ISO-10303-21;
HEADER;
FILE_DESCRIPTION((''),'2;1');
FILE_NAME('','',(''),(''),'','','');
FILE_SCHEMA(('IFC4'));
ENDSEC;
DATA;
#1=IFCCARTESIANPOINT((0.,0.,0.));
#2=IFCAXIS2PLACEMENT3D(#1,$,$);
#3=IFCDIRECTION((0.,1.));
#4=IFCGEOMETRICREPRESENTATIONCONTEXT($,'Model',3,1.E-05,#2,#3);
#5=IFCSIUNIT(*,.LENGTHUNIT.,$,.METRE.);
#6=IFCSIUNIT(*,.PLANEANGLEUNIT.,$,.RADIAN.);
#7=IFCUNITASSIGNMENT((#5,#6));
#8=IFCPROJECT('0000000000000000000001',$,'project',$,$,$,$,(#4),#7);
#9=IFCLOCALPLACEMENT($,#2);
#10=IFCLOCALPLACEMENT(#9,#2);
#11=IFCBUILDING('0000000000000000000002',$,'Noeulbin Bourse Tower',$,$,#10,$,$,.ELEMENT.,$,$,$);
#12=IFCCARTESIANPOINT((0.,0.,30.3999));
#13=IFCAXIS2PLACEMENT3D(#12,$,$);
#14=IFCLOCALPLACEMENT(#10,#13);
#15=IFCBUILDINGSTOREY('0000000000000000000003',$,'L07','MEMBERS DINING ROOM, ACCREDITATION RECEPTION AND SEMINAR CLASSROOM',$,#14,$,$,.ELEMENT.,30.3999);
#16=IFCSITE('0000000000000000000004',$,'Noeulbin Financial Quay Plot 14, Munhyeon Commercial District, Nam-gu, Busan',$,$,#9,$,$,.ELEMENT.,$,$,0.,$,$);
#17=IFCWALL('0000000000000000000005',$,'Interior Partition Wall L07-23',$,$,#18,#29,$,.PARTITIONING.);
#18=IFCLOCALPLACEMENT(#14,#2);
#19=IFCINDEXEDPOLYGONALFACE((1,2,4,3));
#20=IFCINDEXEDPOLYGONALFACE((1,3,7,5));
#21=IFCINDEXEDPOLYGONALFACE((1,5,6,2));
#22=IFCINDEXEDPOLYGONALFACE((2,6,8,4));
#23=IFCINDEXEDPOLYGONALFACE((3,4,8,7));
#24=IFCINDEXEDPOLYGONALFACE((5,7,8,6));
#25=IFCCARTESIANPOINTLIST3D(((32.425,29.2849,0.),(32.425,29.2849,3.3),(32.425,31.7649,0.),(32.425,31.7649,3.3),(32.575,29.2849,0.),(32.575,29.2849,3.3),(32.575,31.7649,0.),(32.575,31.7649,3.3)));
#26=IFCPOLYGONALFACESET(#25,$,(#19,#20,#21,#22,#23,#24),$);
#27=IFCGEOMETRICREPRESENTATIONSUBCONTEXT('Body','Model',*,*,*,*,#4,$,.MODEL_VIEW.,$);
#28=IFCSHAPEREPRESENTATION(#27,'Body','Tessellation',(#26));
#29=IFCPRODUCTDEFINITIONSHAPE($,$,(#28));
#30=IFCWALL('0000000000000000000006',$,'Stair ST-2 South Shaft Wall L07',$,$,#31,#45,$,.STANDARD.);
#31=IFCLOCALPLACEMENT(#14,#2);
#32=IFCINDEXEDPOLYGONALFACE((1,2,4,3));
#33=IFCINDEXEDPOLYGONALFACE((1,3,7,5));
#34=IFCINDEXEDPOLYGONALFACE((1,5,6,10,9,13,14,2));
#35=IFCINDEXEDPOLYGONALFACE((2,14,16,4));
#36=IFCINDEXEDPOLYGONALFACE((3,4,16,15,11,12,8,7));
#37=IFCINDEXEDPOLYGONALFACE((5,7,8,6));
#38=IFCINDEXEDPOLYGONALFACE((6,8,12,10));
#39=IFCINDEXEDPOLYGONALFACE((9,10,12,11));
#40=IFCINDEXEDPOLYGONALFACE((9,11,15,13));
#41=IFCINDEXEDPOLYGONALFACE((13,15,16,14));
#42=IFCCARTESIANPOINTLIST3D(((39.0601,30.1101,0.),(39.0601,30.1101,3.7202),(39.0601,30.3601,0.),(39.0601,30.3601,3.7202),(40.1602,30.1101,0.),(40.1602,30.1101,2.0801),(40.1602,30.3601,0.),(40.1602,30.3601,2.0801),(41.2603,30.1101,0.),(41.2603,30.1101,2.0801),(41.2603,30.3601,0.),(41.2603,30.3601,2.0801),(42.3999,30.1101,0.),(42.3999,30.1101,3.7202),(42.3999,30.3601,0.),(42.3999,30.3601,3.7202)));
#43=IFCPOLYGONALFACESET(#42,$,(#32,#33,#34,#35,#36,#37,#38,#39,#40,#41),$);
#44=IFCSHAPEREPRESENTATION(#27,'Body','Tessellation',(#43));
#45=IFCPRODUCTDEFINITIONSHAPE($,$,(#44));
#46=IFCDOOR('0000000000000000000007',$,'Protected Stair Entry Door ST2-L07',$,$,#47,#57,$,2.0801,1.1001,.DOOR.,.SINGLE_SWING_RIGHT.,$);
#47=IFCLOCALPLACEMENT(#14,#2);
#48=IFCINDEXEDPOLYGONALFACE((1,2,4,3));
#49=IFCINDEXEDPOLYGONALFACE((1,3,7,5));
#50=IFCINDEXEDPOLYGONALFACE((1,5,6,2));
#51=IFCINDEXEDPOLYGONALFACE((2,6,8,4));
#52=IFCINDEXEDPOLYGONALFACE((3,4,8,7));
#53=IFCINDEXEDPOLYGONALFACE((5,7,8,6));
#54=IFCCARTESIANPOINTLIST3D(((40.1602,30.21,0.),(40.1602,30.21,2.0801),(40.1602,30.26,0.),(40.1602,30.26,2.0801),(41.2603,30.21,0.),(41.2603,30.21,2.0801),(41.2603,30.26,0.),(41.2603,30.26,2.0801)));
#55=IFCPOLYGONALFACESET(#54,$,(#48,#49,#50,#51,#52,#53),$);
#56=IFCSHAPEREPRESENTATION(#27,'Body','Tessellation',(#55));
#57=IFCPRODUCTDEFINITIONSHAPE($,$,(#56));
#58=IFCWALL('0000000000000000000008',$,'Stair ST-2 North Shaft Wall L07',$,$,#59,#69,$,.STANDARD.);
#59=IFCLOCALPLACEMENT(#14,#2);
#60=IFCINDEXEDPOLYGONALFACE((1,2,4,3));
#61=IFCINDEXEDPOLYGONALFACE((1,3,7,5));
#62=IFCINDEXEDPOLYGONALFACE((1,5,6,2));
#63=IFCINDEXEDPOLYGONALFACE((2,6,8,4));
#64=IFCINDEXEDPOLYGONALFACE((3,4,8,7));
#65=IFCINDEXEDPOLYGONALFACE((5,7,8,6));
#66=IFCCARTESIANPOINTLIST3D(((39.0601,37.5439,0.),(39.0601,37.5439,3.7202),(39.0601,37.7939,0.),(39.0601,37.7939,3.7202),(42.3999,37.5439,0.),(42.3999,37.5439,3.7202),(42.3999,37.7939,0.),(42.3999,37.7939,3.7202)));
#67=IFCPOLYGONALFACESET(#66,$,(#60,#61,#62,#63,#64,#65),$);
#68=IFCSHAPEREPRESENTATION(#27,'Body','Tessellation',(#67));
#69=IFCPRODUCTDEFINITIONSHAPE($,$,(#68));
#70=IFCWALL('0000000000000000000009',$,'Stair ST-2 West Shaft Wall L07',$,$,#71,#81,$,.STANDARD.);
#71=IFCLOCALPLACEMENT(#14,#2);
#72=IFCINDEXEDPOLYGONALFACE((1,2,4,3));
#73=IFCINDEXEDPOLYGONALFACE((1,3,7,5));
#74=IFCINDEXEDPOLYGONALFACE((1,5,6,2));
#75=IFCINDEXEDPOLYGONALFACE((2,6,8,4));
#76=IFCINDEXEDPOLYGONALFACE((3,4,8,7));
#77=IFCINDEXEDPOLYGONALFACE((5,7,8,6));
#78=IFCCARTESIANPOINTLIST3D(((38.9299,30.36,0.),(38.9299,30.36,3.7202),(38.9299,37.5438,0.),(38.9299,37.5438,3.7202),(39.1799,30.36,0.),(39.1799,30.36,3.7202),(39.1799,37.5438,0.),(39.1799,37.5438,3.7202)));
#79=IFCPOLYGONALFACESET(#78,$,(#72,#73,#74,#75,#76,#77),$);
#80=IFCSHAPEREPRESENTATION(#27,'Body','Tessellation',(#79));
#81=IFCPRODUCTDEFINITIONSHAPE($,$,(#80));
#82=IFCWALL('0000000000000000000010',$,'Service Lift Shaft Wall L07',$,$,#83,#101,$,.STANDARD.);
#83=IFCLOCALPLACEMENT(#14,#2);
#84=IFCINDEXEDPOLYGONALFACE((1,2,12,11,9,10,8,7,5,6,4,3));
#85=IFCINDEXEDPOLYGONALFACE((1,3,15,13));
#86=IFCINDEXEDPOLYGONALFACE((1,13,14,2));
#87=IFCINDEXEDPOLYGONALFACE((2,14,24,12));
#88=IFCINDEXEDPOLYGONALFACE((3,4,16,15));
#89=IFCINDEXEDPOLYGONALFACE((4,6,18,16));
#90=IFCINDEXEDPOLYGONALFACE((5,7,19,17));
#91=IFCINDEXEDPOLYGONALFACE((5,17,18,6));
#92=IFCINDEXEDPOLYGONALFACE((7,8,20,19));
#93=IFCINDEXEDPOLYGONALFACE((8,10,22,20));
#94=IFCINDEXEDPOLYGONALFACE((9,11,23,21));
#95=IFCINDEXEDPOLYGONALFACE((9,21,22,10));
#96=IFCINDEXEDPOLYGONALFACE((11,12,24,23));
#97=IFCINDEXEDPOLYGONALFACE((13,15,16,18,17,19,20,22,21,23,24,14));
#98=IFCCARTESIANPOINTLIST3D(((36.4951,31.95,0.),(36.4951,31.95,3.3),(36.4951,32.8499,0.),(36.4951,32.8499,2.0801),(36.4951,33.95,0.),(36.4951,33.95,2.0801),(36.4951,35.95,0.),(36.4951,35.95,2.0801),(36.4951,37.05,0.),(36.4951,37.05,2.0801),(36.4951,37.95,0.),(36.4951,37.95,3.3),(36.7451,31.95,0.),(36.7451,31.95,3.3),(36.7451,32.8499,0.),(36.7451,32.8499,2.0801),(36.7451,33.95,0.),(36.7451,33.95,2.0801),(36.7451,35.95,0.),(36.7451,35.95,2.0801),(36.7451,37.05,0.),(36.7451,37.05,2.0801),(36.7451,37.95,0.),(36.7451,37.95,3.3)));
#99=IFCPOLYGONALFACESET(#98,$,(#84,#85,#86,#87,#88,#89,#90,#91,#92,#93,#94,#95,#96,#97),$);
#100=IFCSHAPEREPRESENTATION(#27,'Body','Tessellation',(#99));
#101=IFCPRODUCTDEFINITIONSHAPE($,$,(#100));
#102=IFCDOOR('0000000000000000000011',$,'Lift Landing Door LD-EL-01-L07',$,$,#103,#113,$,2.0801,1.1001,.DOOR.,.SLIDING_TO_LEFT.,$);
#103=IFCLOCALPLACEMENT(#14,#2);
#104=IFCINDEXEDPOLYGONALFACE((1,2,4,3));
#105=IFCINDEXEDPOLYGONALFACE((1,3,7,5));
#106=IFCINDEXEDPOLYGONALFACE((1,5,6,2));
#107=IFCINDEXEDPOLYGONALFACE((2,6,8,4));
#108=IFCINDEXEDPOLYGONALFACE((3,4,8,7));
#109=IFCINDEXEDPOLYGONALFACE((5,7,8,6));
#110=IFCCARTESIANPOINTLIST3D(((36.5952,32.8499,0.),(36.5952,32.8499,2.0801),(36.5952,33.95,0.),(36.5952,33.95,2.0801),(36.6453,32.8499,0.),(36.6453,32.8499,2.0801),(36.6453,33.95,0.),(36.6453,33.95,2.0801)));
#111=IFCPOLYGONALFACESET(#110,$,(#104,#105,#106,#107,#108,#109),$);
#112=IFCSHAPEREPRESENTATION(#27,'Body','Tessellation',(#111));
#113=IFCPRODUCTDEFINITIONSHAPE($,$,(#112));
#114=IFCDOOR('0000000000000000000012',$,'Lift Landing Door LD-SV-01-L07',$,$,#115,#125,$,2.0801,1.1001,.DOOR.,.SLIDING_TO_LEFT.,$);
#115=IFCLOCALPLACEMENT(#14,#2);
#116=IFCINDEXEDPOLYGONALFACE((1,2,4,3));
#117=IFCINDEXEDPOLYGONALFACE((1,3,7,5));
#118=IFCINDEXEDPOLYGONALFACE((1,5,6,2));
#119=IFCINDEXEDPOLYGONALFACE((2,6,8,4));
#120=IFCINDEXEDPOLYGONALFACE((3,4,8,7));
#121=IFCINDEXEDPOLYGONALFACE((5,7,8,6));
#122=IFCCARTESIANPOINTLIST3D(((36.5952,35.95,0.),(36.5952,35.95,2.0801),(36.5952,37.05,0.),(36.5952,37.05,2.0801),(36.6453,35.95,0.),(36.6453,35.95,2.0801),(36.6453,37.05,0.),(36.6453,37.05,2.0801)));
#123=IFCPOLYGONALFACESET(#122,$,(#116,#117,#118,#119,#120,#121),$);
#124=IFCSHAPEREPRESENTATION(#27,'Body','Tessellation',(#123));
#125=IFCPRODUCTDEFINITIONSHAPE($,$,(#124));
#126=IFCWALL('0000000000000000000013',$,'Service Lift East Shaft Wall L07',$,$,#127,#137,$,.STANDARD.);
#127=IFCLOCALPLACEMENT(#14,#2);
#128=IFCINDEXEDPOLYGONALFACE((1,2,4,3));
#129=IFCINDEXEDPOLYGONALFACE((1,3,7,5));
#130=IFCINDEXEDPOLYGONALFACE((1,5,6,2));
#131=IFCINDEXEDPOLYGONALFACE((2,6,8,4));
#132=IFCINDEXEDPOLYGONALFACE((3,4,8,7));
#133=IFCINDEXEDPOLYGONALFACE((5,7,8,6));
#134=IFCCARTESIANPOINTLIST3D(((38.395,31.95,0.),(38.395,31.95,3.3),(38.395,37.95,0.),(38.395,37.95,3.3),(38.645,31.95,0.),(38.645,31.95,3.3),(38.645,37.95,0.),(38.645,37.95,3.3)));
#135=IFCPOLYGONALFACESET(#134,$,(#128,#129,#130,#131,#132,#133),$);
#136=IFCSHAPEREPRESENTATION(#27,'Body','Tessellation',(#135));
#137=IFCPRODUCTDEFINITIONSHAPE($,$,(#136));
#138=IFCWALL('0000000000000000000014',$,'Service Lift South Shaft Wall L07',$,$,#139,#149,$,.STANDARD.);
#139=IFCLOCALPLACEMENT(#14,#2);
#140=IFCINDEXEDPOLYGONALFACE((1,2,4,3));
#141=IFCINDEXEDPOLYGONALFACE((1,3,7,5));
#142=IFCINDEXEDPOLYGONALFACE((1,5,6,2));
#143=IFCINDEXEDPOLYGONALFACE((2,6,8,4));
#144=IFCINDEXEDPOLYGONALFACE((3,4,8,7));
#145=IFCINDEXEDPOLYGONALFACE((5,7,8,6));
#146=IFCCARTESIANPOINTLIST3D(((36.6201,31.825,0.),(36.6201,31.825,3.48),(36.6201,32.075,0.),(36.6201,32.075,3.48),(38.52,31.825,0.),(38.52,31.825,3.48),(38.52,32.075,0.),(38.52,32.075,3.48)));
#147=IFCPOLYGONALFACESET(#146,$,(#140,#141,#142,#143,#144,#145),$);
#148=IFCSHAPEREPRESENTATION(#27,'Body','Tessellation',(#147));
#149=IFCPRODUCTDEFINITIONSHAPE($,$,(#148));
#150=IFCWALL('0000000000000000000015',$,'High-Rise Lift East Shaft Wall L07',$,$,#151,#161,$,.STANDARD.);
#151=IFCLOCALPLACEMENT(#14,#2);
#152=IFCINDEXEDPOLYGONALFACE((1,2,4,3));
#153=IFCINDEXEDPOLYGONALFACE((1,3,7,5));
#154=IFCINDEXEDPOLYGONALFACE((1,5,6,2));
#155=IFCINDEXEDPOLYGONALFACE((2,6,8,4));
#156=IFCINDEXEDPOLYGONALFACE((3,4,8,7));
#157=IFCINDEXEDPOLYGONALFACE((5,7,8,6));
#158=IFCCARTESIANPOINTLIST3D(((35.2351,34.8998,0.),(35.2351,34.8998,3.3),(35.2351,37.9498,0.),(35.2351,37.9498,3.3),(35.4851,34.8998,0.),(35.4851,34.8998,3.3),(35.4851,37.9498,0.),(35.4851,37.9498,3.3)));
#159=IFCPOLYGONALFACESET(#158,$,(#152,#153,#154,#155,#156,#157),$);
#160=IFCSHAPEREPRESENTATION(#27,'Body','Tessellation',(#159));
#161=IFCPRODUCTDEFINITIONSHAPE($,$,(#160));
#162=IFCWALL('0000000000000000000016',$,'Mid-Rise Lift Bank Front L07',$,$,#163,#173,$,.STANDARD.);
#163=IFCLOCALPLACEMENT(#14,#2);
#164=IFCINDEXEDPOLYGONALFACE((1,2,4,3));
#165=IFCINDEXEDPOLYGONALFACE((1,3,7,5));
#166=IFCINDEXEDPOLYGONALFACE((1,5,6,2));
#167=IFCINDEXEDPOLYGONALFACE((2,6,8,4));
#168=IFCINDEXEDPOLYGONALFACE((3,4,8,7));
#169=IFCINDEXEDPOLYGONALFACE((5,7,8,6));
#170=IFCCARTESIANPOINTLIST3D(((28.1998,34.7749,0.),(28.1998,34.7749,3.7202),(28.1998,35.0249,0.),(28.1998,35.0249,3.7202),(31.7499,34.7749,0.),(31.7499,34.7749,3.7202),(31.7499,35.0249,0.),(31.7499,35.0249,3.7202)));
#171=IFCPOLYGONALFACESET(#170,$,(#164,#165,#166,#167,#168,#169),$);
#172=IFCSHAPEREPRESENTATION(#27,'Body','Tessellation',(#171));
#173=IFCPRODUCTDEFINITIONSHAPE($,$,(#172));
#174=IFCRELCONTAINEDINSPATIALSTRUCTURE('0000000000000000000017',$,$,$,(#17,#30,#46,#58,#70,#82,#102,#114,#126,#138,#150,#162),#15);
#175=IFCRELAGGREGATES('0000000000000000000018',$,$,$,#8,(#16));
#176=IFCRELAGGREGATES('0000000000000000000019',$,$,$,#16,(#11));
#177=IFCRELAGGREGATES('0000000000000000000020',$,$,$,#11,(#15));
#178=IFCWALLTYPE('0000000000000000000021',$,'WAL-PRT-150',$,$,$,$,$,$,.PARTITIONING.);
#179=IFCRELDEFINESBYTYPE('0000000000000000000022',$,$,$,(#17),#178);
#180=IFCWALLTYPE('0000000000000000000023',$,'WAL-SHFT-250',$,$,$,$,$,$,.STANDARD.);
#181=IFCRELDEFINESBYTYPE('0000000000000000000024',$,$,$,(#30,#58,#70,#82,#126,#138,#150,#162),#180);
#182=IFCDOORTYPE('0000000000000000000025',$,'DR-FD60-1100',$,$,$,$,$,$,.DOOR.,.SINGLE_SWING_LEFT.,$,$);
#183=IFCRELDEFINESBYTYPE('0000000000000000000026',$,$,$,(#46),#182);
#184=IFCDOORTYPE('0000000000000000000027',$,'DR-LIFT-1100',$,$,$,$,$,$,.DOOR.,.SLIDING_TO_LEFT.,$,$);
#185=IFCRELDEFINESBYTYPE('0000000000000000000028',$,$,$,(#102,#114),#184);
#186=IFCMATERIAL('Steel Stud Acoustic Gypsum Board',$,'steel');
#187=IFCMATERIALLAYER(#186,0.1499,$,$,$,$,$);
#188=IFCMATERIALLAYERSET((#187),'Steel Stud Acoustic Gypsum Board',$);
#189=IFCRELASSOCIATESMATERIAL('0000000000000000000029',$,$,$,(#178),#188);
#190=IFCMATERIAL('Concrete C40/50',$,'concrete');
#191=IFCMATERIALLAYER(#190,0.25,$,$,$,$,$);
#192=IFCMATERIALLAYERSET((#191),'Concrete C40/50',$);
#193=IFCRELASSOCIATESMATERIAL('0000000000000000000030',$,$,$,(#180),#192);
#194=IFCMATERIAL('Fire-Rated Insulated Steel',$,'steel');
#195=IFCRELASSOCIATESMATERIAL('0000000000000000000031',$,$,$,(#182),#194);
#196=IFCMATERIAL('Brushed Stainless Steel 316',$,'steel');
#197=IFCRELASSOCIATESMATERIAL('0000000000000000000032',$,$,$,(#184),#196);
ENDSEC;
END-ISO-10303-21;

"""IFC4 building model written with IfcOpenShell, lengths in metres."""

from ifc_helpers import new_model, si_unit, direction, frame, frame_2d, origin, place, context, subcontext, project, spatial, rectangle, extrude, material, layer, layer_set, type_object, element, fill, save


model = new_model("IFC4")

# Units and contexts
model_context = context("Model", 3, precision=1e-05, world=origin(), true_north=direction((0.0, 1.0)))
body_context = subcontext(model_context, "Body", "Model", "MODEL_VIEW")
ifc_project = project(units=[si_unit("LENGTHUNIT", "METRE"), si_unit("PLANEANGLEUNIT", "RADIAN")], contexts=[model_context])

# Site, building, storey
site_placement = place(None, origin())
site = spatial("IfcSite", under=ifc_project, at=site_placement, Name="Noeulbin Financial Quay Plot 14, Munhyeon Commercial District, Nam-gu, Busan", CompositionType="ELEMENT", RefElevation=0.0)
building_placement = place(site_placement, origin())
building = spatial("IfcBuilding", under=site, at=building_placement, Name="Noeulbin Bourse Tower", CompositionType="ELEMENT")
storey_placement = place(building_placement, frame((0.0, 0.0, 30.3999)))
storey = spatial("IfcBuildingStorey", under=building, at=storey_placement, Name="L07", Description="MEMBERS DINING ROOM, ACCREDITATION RECEPTION AND SEMINAR CLASSROOM", CompositionType="ELEMENT", Elevation=30.3999)

# Wall
ifc_material_1 = material(Name="Concrete C40/50", Category="concrete")
ifc_material_2 = material(Name="Steel Stud Acoustic Gypsum Board", Category="steel")
ifc_layer_1 = layer(ifc_material_2, 0.1499)
ifc_layer_set_1 = layer_set([ifc_layer_1], Name="Steel Stud Acoustic Gypsum Board")
wall_type_1 = type_object("IfcWallType", Name="WAL-PRT-150", PredefinedType="PARTITIONING", material=ifc_layer_set_1)
wall_1_placement = place(storey_placement, frame((32.5, 29.2849, 0.0), z_axis=(0.0, 0.0, 1.0), x_axis=(0.0, 1.0, 0.0)))
element("IfcWall", 1, at=wall_1_placement, inside=storey, type_object=wall_type_1, Name="Interior Partition Wall L07-23", PredefinedType="PARTITIONING", context=body_context, shape_type="SweptSolid", body=[
    extrude(rectangle(XDim=2.48, YDim=0.1499, at=frame_2d((1.24, 0.0))), origin(), (0.0, 0.0, 1.0), 3.3),
])

# Wall, opening, door
ifc_layer_2 = layer(ifc_material_1, 0.25)
ifc_layer_set_2 = layer_set([ifc_layer_2], Name="Concrete C40/50")
wall_type_2 = type_object("IfcWallType", Name="WAL-SHFT-250", PredefinedType="STANDARD", material=ifc_layer_set_2)
wall_2_placement = place(storey_placement, frame((39.0601, 30.2351, 0.0), z_axis=(0.0, 0.0, 1.0), x_axis=(1.0, 0.0, 0.0)))
wall_2 = element("IfcWall", 2, at=wall_2_placement, inside=storey, type_object=wall_type_2, Name="Stair ST-2 South Shaft Wall L07", PredefinedType="STANDARD", context=body_context, shape_type="SweptSolid", body=[
    extrude(rectangle(XDim=3.3398, YDim=0.25, at=frame_2d((1.6699, 0.0))), origin(), (0.0, 0.0, 1.0), 3.7202),
])
opening_1_placement = place(wall_2_placement, frame((1.1001, 0.0, 0.0)))
opening_1 = element("IfcOpeningElement", 3, at=opening_1_placement, cuts=wall_2, PredefinedType="OPENING", context=body_context, shape_type="SweptSolid", body=[
    extrude(rectangle(XDim=1.1001, YDim=2.0801, at=frame_2d((0.55, 1.04))), frame((0.0, 0.135, 0.0), z_axis=(0.0, -1.0, 0.0), x_axis=(1.0, 0.0, 0.0)), (0.0, 0.0, 1.0), 0.27),
])
ifc_material_3 = material(Name="Fire-Rated Insulated Steel", Category="steel")
door_type_1 = type_object("IfcDoorType", Name="DR-FD60-1100", OperationType="SINGLE_SWING_LEFT", PredefinedType="DOOR", material=ifc_material_3)
door_1_placement = place(opening_1_placement, origin())
door_1 = element("IfcDoor", 4, at=door_1_placement, inside=storey, type_object=door_type_1, Name="Protected Stair Entry Door ST2-L07", OperationType="SINGLE_SWING_RIGHT", OverallHeight=2.0801, OverallWidth=1.1001, PredefinedType="DOOR", context=body_context, shape_type="SweptSolid", body=[
    extrude(rectangle(XDim=1.1001, YDim=2.0801, at=frame_2d((0.55, 1.04))), frame((0.0, 0.0249, 0.0), z_axis=(0.0, -1.0, 0.0), x_axis=(1.0, 0.0, 0.0)), (0.0, 0.0, 1.0), 0.05),
])
fill(opening_1, door_1)

# Walls
wall_3_placement = place(storey_placement, frame((39.0601, 37.6689, 0.0), z_axis=(0.0, 0.0, 1.0), x_axis=(1.0, 0.0, 0.0)))
element("IfcWall", 5, at=wall_3_placement, inside=storey, type_object=wall_type_2, Name="Stair ST-2 North Shaft Wall L07", PredefinedType="STANDARD", context=body_context, shape_type="SweptSolid", body=[
    extrude(rectangle(XDim=3.3398, YDim=0.25, at=frame_2d((1.6699, 0.0))), origin(), (0.0, 0.0, 1.0), 3.7202),
])
wall_4_placement = place(storey_placement, frame((39.0549, 30.3601, 0.0), z_axis=(0.0, 0.0, 1.0), x_axis=(0.0, 1.0, 0.0)))
element("IfcWall", 6, at=wall_4_placement, inside=storey, type_object=wall_type_2, Name="Stair ST-2 West Shaft Wall L07", PredefinedType="STANDARD", context=body_context, shape_type="SweptSolid", body=[
    extrude(rectangle(XDim=7.1838, YDim=0.25, at=frame_2d((3.5918, 0.0))), origin(), (0.0, 0.0, 1.0), 3.7202),
])

# Wall, openings, doors
wall_5_placement = place(storey_placement, frame((36.6201, 31.95, 0.0), z_axis=(0.0, 0.0, 1.0), x_axis=(0.0, 1.0, 0.0)))
wall_5 = element("IfcWall", 7, at=wall_5_placement, inside=storey, type_object=wall_type_2, Name="Service Lift Shaft Wall L07", PredefinedType="STANDARD", context=body_context, shape_type="SweptSolid", body=[
    extrude(rectangle(XDim=6.0, YDim=0.25, at=frame_2d((3.0, 0.0))), origin(), (0.0, 0.0, 1.0), 3.3),
])
opening_2_placement = place(wall_5_placement, frame((0.8999, 0.0, 0.0)))
opening_2 = element("IfcOpeningElement", 8, at=opening_2_placement, cuts=wall_5, PredefinedType="OPENING", context=body_context, shape_type="SweptSolid", body=[
    extrude(rectangle(XDim=1.1001, YDim=2.0801, at=frame_2d((0.55, 1.04))), frame((0.0, 0.135, 0.0), z_axis=(0.0, -1.0, 0.0), x_axis=(1.0, 0.0, 0.0)), (0.0, 0.0, 1.0), 0.27),
])
opening_3_placement = place(wall_5_placement, frame((4.0, 0.0, 0.0)))
opening_3 = element("IfcOpeningElement", 9, at=opening_3_placement, cuts=wall_5, PredefinedType="OPENING", context=body_context, shape_type="SweptSolid", body=[
    extrude(rectangle(XDim=1.1001, YDim=2.0801, at=frame_2d((0.55, 1.04))), frame((0.0, 0.135, 0.0), z_axis=(0.0, -1.0, 0.0), x_axis=(1.0, 0.0, 0.0)), (0.0, 0.0, 1.0), 0.27),
])
ifc_material_4 = material(Name="Brushed Stainless Steel 316", Category="steel")
door_type_2 = type_object("IfcDoorType", Name="DR-LIFT-1100", OperationType="SLIDING_TO_LEFT", PredefinedType="DOOR", material=ifc_material_4)
door_2_placement = place(opening_2_placement, origin())
door_2 = element("IfcDoor", 10, at=door_2_placement, inside=storey, type_object=door_type_2, Name="Lift Landing Door LD-EL-01-L07", OperationType="SLIDING_TO_LEFT", OverallHeight=2.0801, OverallWidth=1.1001, PredefinedType="DOOR", context=body_context, shape_type="SweptSolid", body=[
    extrude(rectangle(XDim=1.1001, YDim=2.0801, at=frame_2d((0.55, 1.04))), frame((0.0, 0.0249, 0.0), z_axis=(0.0, -1.0, 0.0), x_axis=(1.0, 0.0, 0.0)), (0.0, 0.0, 1.0), 0.05),
])
fill(opening_2, door_2)
door_3_placement = place(opening_3_placement, origin())
door_3 = element("IfcDoor", 11, at=door_3_placement, inside=storey, type_object=door_type_2, Name="Lift Landing Door LD-SV-01-L07", OperationType="SLIDING_TO_LEFT", OverallHeight=2.0801, OverallWidth=1.1001, PredefinedType="DOOR", context=body_context, shape_type="SweptSolid", body=[
    extrude(rectangle(XDim=1.1001, YDim=2.0801, at=frame_2d((0.55, 1.04))), frame((0.0, 0.0249, 0.0), z_axis=(0.0, -1.0, 0.0), x_axis=(1.0, 0.0, 0.0)), (0.0, 0.0, 1.0), 0.05),
])
fill(opening_3, door_3)

# Walls
wall_6_placement = place(storey_placement, frame((38.52, 31.95, 0.0), z_axis=(0.0, 0.0, 1.0), x_axis=(0.0, 1.0, 0.0)))
element("IfcWall", 12, at=wall_6_placement, inside=storey, type_object=wall_type_2, Name="Service Lift East Shaft Wall L07", PredefinedType="STANDARD", context=body_context, shape_type="SweptSolid", body=[
    extrude(rectangle(XDim=6.0, YDim=0.25, at=frame_2d((3.0, 0.0))), origin(), (0.0, 0.0, 1.0), 3.3),
])
wall_7_placement = place(storey_placement, frame((36.6201, 31.95, 0.0), z_axis=(0.0, 0.0, 1.0), x_axis=(1.0, 0.0, 0.0)))
element("IfcWall", 13, at=wall_7_placement, inside=storey, type_object=wall_type_2, Name="Service Lift South Shaft Wall L07", PredefinedType="STANDARD", context=body_context, shape_type="SweptSolid", body=[
    extrude(rectangle(XDim=1.8999, YDim=0.25, at=frame_2d((0.95, 0.0))), origin(), (0.0, 0.0, 1.0), 3.48),
])
wall_8_placement = place(storey_placement, frame((35.3601, 34.8999, 0.0), z_axis=(0.0, 0.0, 1.0), x_axis=(0.0, 1.0, 0.0)))
element("IfcWall", 14, at=wall_8_placement, inside=storey, type_object=wall_type_2, Name="High-Rise Lift East Shaft Wall L07", PredefinedType="STANDARD", context=body_context, shape_type="SweptSolid", body=[
    extrude(rectangle(XDim=3.05, YDim=0.25, at=frame_2d((1.5249, 0.0))), origin(), (0.0, 0.0, 1.0), 3.3),
])
wall_9_placement = place(storey_placement, frame((28.2, 34.8999, 0.0), z_axis=(0.0, 0.0, 1.0), x_axis=(1.0, 0.0, 0.0)))
element("IfcWall", 15, at=wall_9_placement, inside=storey, type_object=wall_type_2, Name="Mid-Rise Lift Bank Front L07", PredefinedType="STANDARD", context=body_context, shape_type="SweptSolid", body=[
    extrude(rectangle(XDim=3.55, YDim=0.25, at=frame_2d((1.7749, 0.0))), origin(), (0.0, 0.0, 1.0), 3.7202),
])

save(model, "model.ifc")
